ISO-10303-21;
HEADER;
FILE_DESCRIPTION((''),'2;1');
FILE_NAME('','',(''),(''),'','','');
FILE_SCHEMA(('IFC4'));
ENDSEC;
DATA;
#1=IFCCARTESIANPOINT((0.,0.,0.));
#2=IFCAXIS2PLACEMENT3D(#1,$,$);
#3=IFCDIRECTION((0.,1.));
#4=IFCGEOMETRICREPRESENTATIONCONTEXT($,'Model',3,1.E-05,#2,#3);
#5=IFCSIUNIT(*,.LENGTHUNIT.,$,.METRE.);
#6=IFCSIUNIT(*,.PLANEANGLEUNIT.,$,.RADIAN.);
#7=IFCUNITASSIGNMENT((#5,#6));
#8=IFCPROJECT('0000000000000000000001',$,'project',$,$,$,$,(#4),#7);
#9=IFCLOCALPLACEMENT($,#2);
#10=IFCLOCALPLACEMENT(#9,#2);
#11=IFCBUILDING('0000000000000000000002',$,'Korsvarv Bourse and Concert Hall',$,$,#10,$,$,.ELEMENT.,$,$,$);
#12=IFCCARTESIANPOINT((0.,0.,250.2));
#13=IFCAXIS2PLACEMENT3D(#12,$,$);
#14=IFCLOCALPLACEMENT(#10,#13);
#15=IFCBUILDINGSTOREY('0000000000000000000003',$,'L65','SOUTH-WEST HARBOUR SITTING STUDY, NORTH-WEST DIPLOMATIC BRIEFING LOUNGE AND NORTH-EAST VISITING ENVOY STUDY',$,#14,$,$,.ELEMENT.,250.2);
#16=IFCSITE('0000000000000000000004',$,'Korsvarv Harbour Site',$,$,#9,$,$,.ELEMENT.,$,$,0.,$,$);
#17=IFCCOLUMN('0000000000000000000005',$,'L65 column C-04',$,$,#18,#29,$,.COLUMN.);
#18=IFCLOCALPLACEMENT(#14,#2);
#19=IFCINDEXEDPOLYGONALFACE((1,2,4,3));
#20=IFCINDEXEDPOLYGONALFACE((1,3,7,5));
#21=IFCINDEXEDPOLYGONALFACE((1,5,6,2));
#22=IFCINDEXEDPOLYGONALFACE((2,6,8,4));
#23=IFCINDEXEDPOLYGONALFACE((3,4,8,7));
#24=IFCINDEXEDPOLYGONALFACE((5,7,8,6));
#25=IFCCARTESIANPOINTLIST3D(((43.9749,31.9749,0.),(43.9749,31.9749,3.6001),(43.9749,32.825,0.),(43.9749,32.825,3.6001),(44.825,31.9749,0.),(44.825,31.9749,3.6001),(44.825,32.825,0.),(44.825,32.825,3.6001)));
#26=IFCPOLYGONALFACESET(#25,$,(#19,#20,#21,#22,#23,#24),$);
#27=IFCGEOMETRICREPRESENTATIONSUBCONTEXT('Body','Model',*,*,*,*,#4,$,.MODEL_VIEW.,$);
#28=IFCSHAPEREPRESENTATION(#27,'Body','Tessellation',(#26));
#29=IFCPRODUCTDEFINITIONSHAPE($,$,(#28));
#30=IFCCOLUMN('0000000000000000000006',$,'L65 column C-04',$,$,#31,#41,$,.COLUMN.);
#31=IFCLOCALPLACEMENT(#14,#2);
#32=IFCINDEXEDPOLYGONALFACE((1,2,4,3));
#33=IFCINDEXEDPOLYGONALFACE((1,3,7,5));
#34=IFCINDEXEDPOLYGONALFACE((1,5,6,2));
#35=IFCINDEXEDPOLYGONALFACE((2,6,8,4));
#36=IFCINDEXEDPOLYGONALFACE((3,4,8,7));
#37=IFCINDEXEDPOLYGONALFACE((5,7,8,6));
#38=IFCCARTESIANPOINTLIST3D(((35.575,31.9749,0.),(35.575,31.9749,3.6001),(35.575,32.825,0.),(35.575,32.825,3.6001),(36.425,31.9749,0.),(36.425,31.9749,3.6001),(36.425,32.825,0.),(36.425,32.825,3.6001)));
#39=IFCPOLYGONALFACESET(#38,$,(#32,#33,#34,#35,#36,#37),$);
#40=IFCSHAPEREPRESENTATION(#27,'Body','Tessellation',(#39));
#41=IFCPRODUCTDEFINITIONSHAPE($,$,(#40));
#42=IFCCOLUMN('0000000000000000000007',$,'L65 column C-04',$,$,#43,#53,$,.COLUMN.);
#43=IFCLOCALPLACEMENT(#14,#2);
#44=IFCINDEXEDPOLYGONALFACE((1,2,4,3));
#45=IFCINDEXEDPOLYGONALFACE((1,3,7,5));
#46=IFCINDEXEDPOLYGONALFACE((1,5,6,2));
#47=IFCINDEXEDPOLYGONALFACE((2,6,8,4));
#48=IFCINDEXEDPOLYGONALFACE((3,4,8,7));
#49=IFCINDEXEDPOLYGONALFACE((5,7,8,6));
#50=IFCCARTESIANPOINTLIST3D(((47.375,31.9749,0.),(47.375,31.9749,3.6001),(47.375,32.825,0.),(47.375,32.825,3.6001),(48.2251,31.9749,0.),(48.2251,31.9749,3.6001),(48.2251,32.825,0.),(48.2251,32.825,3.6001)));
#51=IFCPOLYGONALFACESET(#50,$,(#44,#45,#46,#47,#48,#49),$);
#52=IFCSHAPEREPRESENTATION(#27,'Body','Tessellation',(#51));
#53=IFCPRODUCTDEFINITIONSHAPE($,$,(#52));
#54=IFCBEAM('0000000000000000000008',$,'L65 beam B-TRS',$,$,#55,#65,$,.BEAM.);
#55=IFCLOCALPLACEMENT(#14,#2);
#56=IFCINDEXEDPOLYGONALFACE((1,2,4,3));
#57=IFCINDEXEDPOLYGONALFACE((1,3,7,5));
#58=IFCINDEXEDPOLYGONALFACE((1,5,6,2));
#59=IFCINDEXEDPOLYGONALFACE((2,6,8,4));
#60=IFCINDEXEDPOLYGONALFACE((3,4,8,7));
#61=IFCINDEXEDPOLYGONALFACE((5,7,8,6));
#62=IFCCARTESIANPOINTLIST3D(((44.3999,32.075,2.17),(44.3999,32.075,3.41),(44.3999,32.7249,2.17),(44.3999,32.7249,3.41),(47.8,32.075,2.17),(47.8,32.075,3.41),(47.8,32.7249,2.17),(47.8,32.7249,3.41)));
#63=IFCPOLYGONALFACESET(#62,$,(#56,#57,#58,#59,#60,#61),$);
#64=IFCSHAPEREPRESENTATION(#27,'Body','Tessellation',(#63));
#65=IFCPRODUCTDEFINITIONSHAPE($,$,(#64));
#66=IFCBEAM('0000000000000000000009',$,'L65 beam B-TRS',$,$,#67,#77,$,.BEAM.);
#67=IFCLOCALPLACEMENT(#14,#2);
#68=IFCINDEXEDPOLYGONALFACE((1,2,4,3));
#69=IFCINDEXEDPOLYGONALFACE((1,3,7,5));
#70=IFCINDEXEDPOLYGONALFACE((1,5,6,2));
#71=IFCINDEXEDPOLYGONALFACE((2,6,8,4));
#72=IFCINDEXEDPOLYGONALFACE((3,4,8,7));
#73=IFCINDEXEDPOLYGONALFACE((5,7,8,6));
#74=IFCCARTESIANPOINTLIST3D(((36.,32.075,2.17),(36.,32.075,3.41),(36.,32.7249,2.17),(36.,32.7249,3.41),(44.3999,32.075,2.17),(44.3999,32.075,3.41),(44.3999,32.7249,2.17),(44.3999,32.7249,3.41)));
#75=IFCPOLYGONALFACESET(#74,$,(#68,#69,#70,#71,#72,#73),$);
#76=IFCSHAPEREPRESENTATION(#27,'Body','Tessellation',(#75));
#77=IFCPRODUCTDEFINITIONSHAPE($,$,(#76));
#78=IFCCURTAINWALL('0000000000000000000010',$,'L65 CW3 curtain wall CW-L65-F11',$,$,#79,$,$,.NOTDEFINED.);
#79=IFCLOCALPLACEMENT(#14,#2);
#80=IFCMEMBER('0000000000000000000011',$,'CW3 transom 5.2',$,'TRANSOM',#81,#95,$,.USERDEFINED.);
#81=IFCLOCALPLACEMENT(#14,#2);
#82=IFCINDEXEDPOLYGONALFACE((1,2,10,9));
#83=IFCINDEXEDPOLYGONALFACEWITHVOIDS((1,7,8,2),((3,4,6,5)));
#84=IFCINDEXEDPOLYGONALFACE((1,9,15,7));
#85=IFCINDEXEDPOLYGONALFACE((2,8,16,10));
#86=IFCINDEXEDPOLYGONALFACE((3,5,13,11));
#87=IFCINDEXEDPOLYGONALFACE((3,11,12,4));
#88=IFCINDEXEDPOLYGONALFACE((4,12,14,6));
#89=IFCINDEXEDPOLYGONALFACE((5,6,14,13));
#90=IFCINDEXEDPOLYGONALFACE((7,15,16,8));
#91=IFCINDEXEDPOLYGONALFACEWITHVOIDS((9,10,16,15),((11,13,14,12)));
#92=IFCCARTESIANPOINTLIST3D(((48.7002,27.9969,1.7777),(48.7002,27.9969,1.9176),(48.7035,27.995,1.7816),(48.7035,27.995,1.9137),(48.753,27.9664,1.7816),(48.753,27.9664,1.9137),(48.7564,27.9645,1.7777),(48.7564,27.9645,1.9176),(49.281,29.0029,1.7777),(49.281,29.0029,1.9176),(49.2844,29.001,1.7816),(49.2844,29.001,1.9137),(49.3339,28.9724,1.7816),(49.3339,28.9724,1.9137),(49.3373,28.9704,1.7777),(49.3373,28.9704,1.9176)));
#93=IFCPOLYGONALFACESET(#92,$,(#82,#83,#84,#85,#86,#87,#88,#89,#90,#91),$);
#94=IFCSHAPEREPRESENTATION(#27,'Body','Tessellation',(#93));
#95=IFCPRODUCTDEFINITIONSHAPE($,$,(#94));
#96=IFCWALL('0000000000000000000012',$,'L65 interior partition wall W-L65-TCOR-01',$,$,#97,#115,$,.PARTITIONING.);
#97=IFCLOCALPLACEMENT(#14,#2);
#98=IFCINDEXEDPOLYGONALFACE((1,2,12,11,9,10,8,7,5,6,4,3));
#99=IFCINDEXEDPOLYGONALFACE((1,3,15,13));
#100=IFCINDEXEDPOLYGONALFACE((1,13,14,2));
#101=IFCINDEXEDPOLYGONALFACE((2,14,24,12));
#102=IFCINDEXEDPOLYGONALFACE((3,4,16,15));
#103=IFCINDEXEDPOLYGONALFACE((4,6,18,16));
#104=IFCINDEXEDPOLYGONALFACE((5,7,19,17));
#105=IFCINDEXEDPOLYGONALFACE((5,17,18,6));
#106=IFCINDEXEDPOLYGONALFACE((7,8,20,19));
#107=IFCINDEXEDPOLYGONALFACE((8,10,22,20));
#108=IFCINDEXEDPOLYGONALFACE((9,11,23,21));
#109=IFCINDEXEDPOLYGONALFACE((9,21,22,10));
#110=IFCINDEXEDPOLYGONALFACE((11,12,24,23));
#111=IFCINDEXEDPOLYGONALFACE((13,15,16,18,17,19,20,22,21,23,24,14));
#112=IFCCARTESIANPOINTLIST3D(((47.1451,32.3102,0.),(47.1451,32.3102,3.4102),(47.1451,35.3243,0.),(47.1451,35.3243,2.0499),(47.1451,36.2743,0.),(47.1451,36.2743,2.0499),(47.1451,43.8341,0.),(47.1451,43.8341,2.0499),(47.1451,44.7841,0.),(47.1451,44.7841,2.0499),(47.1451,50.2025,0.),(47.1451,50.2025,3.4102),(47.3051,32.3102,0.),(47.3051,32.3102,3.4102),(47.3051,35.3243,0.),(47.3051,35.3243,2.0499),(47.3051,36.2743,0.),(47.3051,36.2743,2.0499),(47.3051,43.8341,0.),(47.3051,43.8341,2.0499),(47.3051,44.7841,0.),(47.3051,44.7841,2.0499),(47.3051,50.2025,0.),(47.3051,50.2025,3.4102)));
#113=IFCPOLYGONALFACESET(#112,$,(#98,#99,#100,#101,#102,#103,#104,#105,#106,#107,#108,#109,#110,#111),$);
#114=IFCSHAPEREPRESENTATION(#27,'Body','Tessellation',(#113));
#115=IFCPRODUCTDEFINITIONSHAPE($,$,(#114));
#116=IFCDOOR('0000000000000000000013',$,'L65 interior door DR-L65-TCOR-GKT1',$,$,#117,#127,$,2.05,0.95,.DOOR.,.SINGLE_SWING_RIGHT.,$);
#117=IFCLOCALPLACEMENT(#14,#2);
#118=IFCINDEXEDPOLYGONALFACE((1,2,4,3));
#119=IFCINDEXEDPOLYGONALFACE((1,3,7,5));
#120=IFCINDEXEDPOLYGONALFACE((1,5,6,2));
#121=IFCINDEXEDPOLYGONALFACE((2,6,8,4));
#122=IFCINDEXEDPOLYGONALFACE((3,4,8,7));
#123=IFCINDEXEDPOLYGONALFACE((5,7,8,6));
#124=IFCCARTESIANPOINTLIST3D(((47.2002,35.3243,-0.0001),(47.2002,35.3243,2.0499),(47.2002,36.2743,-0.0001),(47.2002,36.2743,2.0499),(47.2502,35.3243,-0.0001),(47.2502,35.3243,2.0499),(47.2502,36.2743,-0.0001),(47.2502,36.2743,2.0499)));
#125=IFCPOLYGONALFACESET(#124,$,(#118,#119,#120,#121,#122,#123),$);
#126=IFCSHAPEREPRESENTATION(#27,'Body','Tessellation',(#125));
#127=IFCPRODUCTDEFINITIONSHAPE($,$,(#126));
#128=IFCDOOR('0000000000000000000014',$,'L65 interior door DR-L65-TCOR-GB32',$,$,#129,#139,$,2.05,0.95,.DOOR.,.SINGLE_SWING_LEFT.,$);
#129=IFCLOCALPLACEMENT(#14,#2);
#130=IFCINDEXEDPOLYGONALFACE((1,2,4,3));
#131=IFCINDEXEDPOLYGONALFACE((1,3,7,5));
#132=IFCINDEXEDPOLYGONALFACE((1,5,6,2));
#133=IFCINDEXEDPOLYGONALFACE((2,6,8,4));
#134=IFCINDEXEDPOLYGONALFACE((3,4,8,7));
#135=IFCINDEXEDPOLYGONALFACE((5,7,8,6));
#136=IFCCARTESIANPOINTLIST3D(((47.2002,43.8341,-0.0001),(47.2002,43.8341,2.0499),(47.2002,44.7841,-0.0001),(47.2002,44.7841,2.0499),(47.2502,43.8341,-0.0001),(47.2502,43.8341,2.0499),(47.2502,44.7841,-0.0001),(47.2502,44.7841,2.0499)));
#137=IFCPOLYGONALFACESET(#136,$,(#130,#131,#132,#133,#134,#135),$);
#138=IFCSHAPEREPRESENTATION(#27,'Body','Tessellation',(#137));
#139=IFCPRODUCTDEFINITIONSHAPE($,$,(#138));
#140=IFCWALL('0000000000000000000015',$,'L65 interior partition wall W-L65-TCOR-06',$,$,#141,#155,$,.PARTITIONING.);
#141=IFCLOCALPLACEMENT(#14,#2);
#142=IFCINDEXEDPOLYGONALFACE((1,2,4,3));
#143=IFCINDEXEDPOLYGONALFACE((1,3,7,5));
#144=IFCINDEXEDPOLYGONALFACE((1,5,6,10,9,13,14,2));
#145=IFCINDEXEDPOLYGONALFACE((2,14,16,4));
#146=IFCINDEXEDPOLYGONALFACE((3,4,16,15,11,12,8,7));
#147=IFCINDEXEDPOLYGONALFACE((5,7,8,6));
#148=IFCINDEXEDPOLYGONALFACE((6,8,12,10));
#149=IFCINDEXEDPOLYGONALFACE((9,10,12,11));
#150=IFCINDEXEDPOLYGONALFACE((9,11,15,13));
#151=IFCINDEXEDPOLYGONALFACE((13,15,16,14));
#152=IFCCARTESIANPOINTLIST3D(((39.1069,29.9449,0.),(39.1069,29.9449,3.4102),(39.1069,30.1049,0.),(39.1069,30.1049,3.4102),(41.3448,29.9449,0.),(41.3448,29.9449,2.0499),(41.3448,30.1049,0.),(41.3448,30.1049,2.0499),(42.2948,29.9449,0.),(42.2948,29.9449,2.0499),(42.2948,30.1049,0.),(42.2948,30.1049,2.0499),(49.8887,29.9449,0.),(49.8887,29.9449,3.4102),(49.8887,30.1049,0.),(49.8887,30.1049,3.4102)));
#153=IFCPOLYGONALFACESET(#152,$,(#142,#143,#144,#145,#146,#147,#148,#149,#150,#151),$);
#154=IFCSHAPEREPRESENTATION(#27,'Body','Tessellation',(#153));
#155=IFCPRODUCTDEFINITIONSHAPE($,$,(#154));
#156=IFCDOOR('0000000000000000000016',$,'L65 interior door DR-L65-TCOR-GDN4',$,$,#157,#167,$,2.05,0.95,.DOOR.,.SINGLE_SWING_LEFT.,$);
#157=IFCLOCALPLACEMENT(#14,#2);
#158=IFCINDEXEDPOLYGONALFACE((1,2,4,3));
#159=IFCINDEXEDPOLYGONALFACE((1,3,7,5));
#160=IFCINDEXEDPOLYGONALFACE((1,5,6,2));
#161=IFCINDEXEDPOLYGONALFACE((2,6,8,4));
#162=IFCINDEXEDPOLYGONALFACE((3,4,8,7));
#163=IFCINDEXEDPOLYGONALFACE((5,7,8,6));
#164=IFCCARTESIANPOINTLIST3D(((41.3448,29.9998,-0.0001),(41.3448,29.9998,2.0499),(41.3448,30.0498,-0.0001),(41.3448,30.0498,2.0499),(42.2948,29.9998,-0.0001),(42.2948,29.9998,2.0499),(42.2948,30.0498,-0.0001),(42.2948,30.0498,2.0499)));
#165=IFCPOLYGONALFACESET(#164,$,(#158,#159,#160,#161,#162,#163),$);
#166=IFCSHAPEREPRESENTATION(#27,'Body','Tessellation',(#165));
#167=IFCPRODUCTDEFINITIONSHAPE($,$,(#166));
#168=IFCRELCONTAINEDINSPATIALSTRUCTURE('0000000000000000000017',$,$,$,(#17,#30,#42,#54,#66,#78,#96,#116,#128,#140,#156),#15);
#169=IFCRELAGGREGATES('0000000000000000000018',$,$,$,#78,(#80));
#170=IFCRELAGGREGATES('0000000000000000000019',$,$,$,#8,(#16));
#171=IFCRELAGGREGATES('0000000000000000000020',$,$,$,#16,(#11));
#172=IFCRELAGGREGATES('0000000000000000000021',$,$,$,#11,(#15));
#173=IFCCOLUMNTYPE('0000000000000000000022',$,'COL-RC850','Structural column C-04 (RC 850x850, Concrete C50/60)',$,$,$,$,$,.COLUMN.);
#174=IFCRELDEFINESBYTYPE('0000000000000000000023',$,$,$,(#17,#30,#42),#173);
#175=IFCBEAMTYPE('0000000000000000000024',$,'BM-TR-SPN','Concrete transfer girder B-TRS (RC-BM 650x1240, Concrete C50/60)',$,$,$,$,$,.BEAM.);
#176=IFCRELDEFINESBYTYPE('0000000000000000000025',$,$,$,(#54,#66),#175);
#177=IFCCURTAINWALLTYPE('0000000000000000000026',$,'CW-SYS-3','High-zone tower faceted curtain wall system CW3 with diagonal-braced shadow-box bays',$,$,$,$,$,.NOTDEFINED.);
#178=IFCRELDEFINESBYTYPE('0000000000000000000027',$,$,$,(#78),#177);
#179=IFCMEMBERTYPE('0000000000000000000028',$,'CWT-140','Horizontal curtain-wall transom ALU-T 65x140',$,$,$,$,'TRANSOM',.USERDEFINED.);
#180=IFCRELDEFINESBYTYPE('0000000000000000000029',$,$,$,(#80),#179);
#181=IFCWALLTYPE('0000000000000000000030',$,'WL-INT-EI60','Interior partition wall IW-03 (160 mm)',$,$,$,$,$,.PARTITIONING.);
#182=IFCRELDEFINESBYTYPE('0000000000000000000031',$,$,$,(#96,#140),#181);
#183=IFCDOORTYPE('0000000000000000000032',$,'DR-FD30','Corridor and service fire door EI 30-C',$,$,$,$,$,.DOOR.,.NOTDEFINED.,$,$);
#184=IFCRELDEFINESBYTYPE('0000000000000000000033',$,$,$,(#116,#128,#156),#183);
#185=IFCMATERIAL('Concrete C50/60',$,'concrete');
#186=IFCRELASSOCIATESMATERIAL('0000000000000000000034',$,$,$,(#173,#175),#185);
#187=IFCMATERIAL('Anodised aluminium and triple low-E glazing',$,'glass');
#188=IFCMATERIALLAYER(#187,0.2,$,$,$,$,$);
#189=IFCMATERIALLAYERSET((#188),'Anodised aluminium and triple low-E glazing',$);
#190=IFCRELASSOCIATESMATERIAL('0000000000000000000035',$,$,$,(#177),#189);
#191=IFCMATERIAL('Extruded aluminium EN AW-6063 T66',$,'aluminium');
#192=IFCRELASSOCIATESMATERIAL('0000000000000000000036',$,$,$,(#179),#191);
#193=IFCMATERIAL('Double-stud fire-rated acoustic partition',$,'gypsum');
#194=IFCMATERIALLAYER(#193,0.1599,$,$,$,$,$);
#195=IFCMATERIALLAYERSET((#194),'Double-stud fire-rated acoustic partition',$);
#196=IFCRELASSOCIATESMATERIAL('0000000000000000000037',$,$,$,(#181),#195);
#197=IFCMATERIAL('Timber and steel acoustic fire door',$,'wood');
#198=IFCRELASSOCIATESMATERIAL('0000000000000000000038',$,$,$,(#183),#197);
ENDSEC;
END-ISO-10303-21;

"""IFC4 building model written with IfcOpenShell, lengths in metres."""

from ifc_helpers import new_model, si_unit, direction, frame, frame_2d, origin, origin_2d, place, context, subcontext, project, spatial, rectangle, hollow_rectangle, extrude, source, transform, mapped, material, layer, layer_set, material_profile, profile_set, type_object, element, fill, aggregate, save


model = new_model("IFC4")

# Units and contexts
model_context = context("Model", 3, precision=1e-05, world=origin(), true_north=direction((0.0, 1.0)))
body_context = subcontext(model_context, "Body", "Model", "MODEL_VIEW")
ifc_project = project(units=[si_unit("LENGTHUNIT", "METRE"), si_unit("PLANEANGLEUNIT", "RADIAN")], contexts=[model_context])

# Site, building, storey
site_placement = place(None, origin())
site = spatial("IfcSite", under=ifc_project, at=site_placement, Name="Korsvarv Harbour Site", CompositionType="ELEMENT", RefElevation=0.0)
building_placement = place(site_placement, origin())
building = spatial("IfcBuilding", under=site, at=building_placement, Name="Korsvarv Bourse and Concert Hall", CompositionType="ELEMENT")
storey_placement = place(building_placement, frame((0.0, 0.0, 250.2)))
storey = spatial("IfcBuildingStorey", under=building, at=storey_placement, Name="L65", Description="SOUTH-WEST HARBOUR SITTING STUDY, NORTH-WEST DIPLOMATIC BRIEFING LOUNGE AND NORTH-EAST VISITING ENVOY STUDY", CompositionType="ELEMENT", Elevation=250.2)

# Columns
ifc_material_1 = material(Name="Concrete C50/60", Category="concrete")
ifc_material_profile_1 = material_profile(ifc_material_1, rectangle(XDim=0.8501, YDim=0.8501, at=origin_2d()), Name="RC 850x850")
ifc_profile_set_1 = profile_set([ifc_material_profile_1], Name="Concrete C50/60")
column_type = type_object("IfcColumnType", Name="COL-RC850", Description="Structural column C-04 (RC 850x850, Concrete C50/60)", PredefinedType="COLUMN", material=ifc_profile_set_1)
shared_shape_1 = source(origin(), body_context, "Body", "SweptSolid", [
    extrude(rectangle(XDim=0.8501, YDim=0.8501, at=origin_2d()), origin(), (0.0, 0.0, 1.0), 3.6001),
])
for number, where, z_axis, x_axis, name in (
    (1, (44.3999, 32.3999, 0.0), (0.0, 0.0, 1.0), (1.0, 0.0, 0.0), "L65 column C-04"),
    (2, (36.0, 32.3999, 0.0), (0.0, 0.0, 1.0), (1.0, 0.0, 0.0), "L65 column C-04"),
    (3, (47.8, 32.3999, 0.0), (0.0, 0.0, 1.0), (1.0, 0.0, 0.0), "L65 column C-04"),
):
    element("IfcColumn", number, at=place(storey_placement, frame(where, z_axis=z_axis, x_axis=x_axis)), inside=storey, type_object=column_type, Name=name, PredefinedType="COLUMN", context=body_context, shape_type="MappedRepresentation", body=[
        mapped(shared_shape_1, transform((0.0, 0.0, 0.0), scale=1.0)),
    ])

# Beams
ifc_material_profile_2 = material_profile(ifc_material_1, rectangle(XDim=0.6499, YDim=1.24, at=origin_2d()), Name="RC-BM 650x1240")
ifc_profile_set_2 = profile_set([ifc_material_profile_2], Name="Concrete C50/60")
beam_type = type_object("IfcBeamType", Name="BM-TR-SPN", Description="Concrete transfer girder B-TRS (RC-BM 650x1240, Concrete C50/60)", PredefinedType="BEAM", material=ifc_profile_set_2)
shared_shape_2 = source(origin(), body_context, "Body", "SweptSolid", [
    extrude(rectangle(XDim=0.6499, YDim=1.24, at=origin_2d()), origin(), (0.0, 0.0, 1.0), 3.4001),
])
beam_1_placement = place(storey_placement, frame((44.3999, 32.3999, 2.79), z_axis=(1.0, 0.0, 0.0), x_axis=(0.0, 1.0, 0.0)))
element("IfcBeam", 4, at=beam_1_placement, inside=storey, type_object=beam_type, Name="L65 beam B-TRS", PredefinedType="BEAM", context=body_context, shape_type="MappedRepresentation", body=[
    mapped(shared_shape_2, transform((0.0, 0.0, 0.0), scale=1.0)),
])
shared_shape_3 = source(origin(), body_context, "Body", "SweptSolid", [
    extrude(rectangle(XDim=0.6499, YDim=1.24, at=origin_2d()), origin(), (0.0, 0.0, 1.0), 8.3999),
])
beam_2_placement = place(storey_placement, frame((36.0, 32.3999, 2.79), z_axis=(1.0, 0.0, 0.0), x_axis=(0.0, 1.0, 0.0)))
element("IfcBeam", 5, at=beam_2_placement, inside=storey, type_object=beam_type, Name="L65 beam B-TRS", PredefinedType="BEAM", context=body_context, shape_type="MappedRepresentation", body=[
    mapped(shared_shape_3, transform((0.0, 0.0, 0.0), scale=1.0)),
])

# Curtain wall, member
ifc_material_2 = material(Name="Anodised aluminium and triple low-E glazing", Category="glass")
ifc_layer_1 = layer(ifc_material_2, 0.2)
ifc_layer_set_1 = layer_set([ifc_layer_1], Name="Anodised aluminium and triple low-E glazing")
curtain_wall_type = type_object("IfcCurtainWallType", Name="CW-SYS-3", Description="High-zone tower faceted curtain wall system CW3 with diagonal-braced shadow-box bays", PredefinedType="NOTDEFINED", material=ifc_layer_set_1)
curtain_wall_placement = place(storey_placement, origin())
curtain_wall = element("IfcCurtainWall", 6, at=curtain_wall_placement, inside=storey, type_object=curtain_wall_type, Name="L65 CW3 curtain wall CW-L65-F11", PredefinedType="NOTDEFINED")
ifc_material_3 = material(Name="Extruded aluminium EN AW-6063 T66", Category="aluminium")
ifc_material_profile_3 = material_profile(ifc_material_3, hollow_rectangle(XDim=0.0649, YDim=0.1399, WallThickness=0.0039, at=origin_2d()), Name="ALU-T 65x140")
ifc_profile_set_3 = profile_set([ifc_material_profile_3], Name="Extruded aluminium EN AW-6063 T66")
member_type = type_object("IfcMemberType", Name="CWT-140", Description="Horizontal curtain-wall transom ALU-T 65x140", ElementType="TRANSOM", PredefinedType="USERDEFINED", material=ifc_profile_set_3)
shared_shape_4 = source(origin(), body_context, "Body", "SweptSolid", [
    extrude(hollow_rectangle(XDim=0.0649, YDim=0.1399, WallThickness=0.0039, at=origin_2d()), origin(), (0.0, 0.0, 1.0), 1.1616),
])
member_placement = place(storey_placement, frame((48.7283, 27.9807, 1.8477), z_axis=(0.50005, 0.865997, 0.0), x_axis=(-0.865997, 0.50005, 0.0)))
member = element("IfcMember", 7, at=member_placement, type_object=member_type, Name="CW3 transom 5.2", ObjectType="TRANSOM", PredefinedType="USERDEFINED", context=body_context, shape_type="MappedRepresentation", body=[
    mapped(shared_shape_4, transform((0.0, 0.0, 0.0), scale=1.0)),
])
aggregate(curtain_wall, [member])

# Wall, openings, doors
ifc_material_4 = material(Name="Double-stud fire-rated acoustic partition", Category="gypsum")
ifc_layer_2 = layer(ifc_material_4, 0.1599)
ifc_layer_set_2 = layer_set([ifc_layer_2], Name="Double-stud fire-rated acoustic partition")
wall_type_1 = type_object("IfcWallType", Name="WL-INT-EI60", Description="Interior partition wall IW-03 (160 mm)", PredefinedType="PARTITIONING", material=ifc_layer_set_2)
wall_1_placement = place(storey_placement, frame((47.2251, 32.3101, 0.0), z_axis=(0.0, 0.0, 1.0), x_axis=(0.0, 1.0, 0.0)))
wall_1 = element("IfcWall", 8, at=wall_1_placement, inside=storey, type_object=wall_type_1, Name="L65 interior partition wall W-L65-TCOR-01", PredefinedType="PARTITIONING", context=body_context, shape_type="SweptSolid", body=[
    extrude(rectangle(XDim=17.8923, YDim=0.1599, at=frame_2d((8.9463, 0.0))), origin(), (0.0, 0.0, 1.0), 3.4102),
])
opening_1_placement = place(wall_1_placement, frame((3.0142, 0.0, 0.0)))
opening_1 = element("IfcOpeningElement", 9, at=opening_1_placement, cuts=wall_1, PredefinedType="OPENING", context=body_context, shape_type="SweptSolid", body=[
    extrude(rectangle(XDim=0.95, YDim=2.05, at=frame_2d((0.4751, 1.0249))), frame((0.0, 0.0898, 0.0), z_axis=(0.0, -1.0, 0.0), x_axis=(1.0, 0.0, 0.0)), (0.0, 0.0, 1.0), 0.1799),
])
opening_2_placement = place(wall_1_placement, frame((11.5239, 0.0, 0.0)))
opening_2 = element("IfcOpeningElement", 10, at=opening_2_placement, cuts=wall_1, PredefinedType="OPENING", context=body_context, shape_type="SweptSolid", body=[
    extrude(rectangle(XDim=0.95, YDim=2.05, at=frame_2d((0.4751, 1.0249))), frame((0.0, 0.0898, 0.0), z_axis=(0.0, -1.0, 0.0), x_axis=(1.0, 0.0, 0.0)), (0.0, 0.0, 1.0), 0.1799),
])
ifc_material_5 = material(Name="Timber and steel acoustic fire door", Category="wood")
door_type = type_object("IfcDoorType", Name="DR-FD30", Description="Corridor and service fire door EI 30-C", OperationType="NOTDEFINED", PredefinedType="DOOR", material=ifc_material_5)
door_1_placement = place(opening_1_placement, origin())
door_1 = element("IfcDoor", 11, at=door_1_placement, inside=storey, type_object=door_type, Name="L65 interior door DR-L65-TCOR-GKT1", OperationType="SINGLE_SWING_RIGHT", OverallHeight=2.05, OverallWidth=0.95, PredefinedType="DOOR", context=body_context, shape_type="SweptSolid", body=[
    extrude(rectangle(XDim=0.95, YDim=2.05, at=frame_2d((0.4751, 1.0249))), frame((0.0, 0.0249, 0.0), z_axis=(0.0, -1.0, 0.0), x_axis=(1.0, 0.0, 0.0)), (0.0, 0.0, 1.0), 0.05),
])
fill(opening_1, door_1)
door_2_placement = place(opening_2_placement, origin())
door_2 = element("IfcDoor", 12, at=door_2_placement, inside=storey, type_object=door_type, Name="L65 interior door DR-L65-TCOR-GB32", OperationType="SINGLE_SWING_LEFT", OverallHeight=2.05, OverallWidth=0.95, PredefinedType="DOOR", context=body_context, shape_type="SweptSolid", body=[
    extrude(rectangle(XDim=0.95, YDim=2.05, at=frame_2d((0.4751, 1.0249))), frame((0.0, 0.0249, 0.0), z_axis=(0.0, -1.0, 0.0), x_axis=(1.0, 0.0, 0.0)), (0.0, 0.0, 1.0), 0.05),
])
fill(opening_2, door_2)

# Wall, opening, door
wall_2_placement = place(storey_placement, frame((39.1069, 30.0249, 0.0), z_axis=(0.0, 0.0, 1.0), x_axis=(1.0, 0.0, 0.0)))
wall_2 = element("IfcWall", 13, at=wall_2_placement, inside=storey, type_object=wall_type_1, Name="L65 interior partition wall W-L65-TCOR-06", PredefinedType="PARTITIONING", context=body_context, shape_type="SweptSolid", body=[
    extrude(rectangle(XDim=10.7817, YDim=0.1599, at=frame_2d((5.3909, 0.0))), origin(), (0.0, 0.0, 1.0), 3.4102),
])
opening_3_placement = place(wall_2_placement, frame((2.2378, 0.0, 0.0)))
opening_3 = element("IfcOpeningElement", 14, at=opening_3_placement, cuts=wall_2, PredefinedType="OPENING", context=body_context, shape_type="SweptSolid", body=[
    extrude(rectangle(XDim=0.95, YDim=2.05, at=frame_2d((0.4751, 1.0249))), frame((0.0, 0.0898, 0.0), z_axis=(0.0, -1.0, 0.0), x_axis=(1.0, 0.0, 0.0)), (0.0, 0.0, 1.0), 0.1799),
])
door_3_placement = place(opening_3_placement, origin())
door_3 = element("IfcDoor", 15, at=door_3_placement, inside=storey, type_object=door_type, Name="L65 interior door DR-L65-TCOR-GDN4", OperationType="SINGLE_SWING_LEFT", OverallHeight=2.05, OverallWidth=0.95, PredefinedType="DOOR", context=body_context, shape_type="SweptSolid", body=[
    extrude(rectangle(XDim=0.95, YDim=2.05, at=frame_2d((0.4751, 1.0249))), frame((0.0, 0.0249, 0.0), z_axis=(0.0, -1.0, 0.0), x_axis=(1.0, 0.0, 0.0)), (0.0, 0.0, 1.0), 0.05),
])
fill(opening_3, door_3)

save(model, "model.ifc")
